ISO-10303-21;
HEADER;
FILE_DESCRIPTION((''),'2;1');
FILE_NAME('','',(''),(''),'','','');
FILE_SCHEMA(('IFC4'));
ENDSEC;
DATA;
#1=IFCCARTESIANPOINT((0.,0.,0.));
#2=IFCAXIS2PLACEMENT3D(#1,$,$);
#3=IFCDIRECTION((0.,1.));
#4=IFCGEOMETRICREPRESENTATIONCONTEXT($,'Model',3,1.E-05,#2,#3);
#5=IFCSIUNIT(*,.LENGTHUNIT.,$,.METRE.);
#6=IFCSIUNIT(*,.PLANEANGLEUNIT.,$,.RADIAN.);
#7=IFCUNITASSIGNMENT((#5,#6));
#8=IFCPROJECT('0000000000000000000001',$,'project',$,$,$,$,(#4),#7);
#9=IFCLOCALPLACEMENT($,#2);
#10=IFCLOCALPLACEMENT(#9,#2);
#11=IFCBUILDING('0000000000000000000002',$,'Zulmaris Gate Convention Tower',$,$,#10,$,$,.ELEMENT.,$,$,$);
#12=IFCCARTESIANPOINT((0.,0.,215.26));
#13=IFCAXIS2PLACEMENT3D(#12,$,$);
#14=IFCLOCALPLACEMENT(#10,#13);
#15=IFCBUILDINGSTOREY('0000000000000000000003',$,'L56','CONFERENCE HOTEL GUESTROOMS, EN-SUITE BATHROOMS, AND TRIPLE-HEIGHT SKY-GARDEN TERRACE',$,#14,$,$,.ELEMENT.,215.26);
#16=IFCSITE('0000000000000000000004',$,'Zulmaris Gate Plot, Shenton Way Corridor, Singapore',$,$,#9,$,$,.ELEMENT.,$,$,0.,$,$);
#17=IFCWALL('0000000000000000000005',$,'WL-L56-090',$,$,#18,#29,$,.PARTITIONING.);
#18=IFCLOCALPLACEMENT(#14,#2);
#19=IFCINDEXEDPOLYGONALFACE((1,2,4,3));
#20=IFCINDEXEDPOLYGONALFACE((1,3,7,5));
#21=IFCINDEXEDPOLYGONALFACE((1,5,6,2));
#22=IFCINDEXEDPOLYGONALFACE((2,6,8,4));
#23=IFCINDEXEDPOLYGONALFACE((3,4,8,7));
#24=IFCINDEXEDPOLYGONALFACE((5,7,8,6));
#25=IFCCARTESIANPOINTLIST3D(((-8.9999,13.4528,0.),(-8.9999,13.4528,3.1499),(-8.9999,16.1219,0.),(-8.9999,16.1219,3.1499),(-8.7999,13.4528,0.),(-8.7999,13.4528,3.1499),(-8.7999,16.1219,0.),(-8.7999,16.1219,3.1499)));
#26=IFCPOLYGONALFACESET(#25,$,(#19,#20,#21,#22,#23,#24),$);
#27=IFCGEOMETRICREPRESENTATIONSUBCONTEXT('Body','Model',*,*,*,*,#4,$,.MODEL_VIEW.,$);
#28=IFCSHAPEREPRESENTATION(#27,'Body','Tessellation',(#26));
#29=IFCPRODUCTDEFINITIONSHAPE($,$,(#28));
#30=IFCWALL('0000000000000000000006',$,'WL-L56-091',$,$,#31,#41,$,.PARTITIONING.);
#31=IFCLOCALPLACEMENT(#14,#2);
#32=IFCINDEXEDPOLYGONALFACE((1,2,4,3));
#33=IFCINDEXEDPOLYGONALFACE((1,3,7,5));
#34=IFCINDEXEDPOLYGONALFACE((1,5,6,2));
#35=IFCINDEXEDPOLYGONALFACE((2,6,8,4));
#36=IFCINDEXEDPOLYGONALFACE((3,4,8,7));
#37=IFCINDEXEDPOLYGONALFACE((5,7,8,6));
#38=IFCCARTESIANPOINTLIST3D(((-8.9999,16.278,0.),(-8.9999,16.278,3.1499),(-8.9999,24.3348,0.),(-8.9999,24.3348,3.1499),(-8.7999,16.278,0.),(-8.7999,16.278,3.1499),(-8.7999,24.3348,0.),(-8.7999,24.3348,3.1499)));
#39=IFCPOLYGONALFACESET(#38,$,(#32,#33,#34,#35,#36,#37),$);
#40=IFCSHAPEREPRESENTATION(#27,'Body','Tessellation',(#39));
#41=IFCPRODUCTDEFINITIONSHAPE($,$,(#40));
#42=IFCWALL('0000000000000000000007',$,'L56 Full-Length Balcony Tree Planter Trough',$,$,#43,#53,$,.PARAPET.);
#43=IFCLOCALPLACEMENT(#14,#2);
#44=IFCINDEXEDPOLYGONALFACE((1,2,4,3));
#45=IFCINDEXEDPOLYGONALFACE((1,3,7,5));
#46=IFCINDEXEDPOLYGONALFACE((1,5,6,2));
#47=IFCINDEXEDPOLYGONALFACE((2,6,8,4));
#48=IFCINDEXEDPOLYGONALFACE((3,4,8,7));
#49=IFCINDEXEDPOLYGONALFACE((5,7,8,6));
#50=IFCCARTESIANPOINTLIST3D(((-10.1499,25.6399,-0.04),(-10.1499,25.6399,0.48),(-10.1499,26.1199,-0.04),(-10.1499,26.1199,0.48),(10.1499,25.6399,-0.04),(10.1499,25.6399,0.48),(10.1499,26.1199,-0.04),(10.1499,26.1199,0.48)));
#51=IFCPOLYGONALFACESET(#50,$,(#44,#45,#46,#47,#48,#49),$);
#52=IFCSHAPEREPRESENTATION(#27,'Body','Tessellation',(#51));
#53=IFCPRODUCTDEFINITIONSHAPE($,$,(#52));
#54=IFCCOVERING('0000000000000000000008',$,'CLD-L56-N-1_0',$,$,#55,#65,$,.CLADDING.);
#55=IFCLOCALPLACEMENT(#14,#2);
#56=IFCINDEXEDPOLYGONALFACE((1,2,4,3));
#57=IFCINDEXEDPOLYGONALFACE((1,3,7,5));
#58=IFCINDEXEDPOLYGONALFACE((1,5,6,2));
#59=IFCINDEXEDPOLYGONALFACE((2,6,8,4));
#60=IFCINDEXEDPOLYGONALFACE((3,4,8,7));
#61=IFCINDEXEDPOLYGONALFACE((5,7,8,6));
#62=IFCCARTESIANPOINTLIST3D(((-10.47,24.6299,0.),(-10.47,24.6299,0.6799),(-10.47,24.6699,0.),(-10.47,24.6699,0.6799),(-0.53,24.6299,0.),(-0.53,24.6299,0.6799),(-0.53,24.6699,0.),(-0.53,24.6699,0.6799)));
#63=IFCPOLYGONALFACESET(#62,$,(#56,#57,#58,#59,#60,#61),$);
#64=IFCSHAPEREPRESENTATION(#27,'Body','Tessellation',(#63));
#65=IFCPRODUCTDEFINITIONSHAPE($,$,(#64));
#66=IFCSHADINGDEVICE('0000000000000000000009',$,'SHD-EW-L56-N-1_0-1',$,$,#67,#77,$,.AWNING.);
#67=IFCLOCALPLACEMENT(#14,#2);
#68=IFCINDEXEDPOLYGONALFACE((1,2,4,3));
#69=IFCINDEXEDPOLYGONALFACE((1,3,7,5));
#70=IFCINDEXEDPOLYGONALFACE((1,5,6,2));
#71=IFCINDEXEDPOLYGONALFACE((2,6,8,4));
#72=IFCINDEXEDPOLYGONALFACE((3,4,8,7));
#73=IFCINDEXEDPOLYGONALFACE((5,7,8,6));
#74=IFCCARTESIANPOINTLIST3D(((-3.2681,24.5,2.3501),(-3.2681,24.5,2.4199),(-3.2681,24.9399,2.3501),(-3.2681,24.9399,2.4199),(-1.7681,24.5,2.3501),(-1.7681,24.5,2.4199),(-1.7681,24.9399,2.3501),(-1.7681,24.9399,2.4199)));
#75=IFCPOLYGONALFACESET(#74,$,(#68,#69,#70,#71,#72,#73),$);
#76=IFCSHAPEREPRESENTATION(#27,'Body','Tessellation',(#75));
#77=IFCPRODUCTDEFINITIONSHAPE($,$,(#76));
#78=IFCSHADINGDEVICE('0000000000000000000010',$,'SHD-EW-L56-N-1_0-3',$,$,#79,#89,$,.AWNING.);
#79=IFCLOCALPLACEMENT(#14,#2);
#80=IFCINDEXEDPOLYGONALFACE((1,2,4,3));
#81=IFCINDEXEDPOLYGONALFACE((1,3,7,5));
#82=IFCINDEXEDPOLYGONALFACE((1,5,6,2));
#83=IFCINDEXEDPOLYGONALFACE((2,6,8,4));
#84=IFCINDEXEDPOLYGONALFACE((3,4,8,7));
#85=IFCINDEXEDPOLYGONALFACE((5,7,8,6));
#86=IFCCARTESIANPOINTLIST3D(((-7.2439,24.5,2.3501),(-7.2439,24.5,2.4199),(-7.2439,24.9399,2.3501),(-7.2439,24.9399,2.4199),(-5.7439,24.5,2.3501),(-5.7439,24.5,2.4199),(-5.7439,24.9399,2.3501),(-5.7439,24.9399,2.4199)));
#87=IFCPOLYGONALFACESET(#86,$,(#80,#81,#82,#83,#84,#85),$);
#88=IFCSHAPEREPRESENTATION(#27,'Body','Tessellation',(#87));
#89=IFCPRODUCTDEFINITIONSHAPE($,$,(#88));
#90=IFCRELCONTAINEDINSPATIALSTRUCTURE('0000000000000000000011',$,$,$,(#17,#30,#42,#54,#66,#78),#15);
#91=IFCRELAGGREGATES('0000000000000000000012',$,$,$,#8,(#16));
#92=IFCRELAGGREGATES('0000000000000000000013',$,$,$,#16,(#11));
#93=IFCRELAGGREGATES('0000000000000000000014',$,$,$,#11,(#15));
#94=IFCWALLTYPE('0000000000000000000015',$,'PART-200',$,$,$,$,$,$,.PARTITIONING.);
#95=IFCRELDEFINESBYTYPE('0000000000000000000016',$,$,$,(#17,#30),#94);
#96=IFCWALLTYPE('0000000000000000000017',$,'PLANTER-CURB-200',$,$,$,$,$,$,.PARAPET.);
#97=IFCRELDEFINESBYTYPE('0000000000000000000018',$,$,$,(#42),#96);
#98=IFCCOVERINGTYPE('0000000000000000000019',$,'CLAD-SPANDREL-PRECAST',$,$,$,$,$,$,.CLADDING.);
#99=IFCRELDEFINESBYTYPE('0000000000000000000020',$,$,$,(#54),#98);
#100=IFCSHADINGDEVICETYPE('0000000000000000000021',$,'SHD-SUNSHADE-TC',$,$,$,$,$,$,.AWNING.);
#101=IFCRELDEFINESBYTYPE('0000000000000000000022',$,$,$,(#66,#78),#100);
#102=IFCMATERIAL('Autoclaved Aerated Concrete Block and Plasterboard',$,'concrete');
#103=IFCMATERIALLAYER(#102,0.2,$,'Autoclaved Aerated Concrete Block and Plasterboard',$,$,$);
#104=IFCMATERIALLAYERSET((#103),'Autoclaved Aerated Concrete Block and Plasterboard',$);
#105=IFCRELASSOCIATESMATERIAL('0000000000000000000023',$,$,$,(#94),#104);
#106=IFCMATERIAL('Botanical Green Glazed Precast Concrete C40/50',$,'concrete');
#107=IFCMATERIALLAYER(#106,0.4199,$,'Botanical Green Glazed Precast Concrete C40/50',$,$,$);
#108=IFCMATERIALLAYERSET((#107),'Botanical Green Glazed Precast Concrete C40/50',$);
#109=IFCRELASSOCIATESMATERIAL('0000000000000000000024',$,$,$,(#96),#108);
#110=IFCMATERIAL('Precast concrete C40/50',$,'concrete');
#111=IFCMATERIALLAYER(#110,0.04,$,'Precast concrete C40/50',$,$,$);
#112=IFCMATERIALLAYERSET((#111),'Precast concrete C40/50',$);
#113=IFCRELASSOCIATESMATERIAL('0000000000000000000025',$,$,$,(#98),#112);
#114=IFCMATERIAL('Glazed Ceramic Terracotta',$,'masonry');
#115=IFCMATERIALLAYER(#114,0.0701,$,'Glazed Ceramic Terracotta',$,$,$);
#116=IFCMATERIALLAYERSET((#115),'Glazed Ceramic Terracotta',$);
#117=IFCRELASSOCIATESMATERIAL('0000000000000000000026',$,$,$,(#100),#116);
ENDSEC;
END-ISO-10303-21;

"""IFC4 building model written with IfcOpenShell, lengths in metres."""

from ifc_helpers import new_model, si_unit, direction, frame, frame_2d, origin, place, context, subcontext, project, spatial, rectangle, extrude, material, layer, layer_set, type_object, element, save


model = new_model("IFC4")

# Units and contexts
model_context = context("Model", 3, precision=1e-05, world=origin(), true_north=direction((0.0, 1.0)))
body_context = subcontext(model_context, "Body", "Model", "MODEL_VIEW")
ifc_project = project(units=[si_unit("LENGTHUNIT", "METRE"), si_unit("PLANEANGLEUNIT", "RADIAN")], contexts=[model_context])

# Site, building, storey
site_placement = place(None, origin())
site = spatial("IfcSite", under=ifc_project, at=site_placement, Name="Zulmaris Gate Plot, Shenton Way Corridor, Singapore", CompositionType="ELEMENT", RefElevation=0.0)
building_placement = place(site_placement, origin())
building = spatial("IfcBuilding", under=site, at=building_placement, Name="Zulmaris Gate Convention Tower", CompositionType="ELEMENT")
storey_placement = place(building_placement, frame((0.0, 0.0, 215.26)))
storey = spatial("IfcBuildingStorey", under=building, at=storey_placement, Name="L56", Description="CONFERENCE HOTEL GUESTROOMS, EN-SUITE BATHROOMS, AND TRIPLE-HEIGHT SKY-GARDEN TERRACE", CompositionType="ELEMENT", Elevation=215.26)

# Walls
ifc_material_1 = material(Name="Autoclaved Aerated Concrete Block and Plasterboard", Category="concrete")
ifc_layer_1 = layer(ifc_material_1, 0.2, Name="Autoclaved Aerated Concrete Block and Plasterboard")
ifc_layer_set_1 = layer_set([ifc_layer_1], Name="Autoclaved Aerated Concrete Block and Plasterboard")
wall_type_1 = type_object("IfcWallType", Name="PART-200", PredefinedType="PARTITIONING", material=ifc_layer_set_1)
wall_1_placement = place(storey_placement, frame((-8.8999, 13.4529, 0.0), z_axis=(0.0, 0.0, 1.0), x_axis=(0.0, 1.0, 0.0)))
element("IfcWall", 1, at=wall_1_placement, inside=storey, type_object=wall_type_1, Name="WL-L56-090", PredefinedType="PARTITIONING", context=body_context, shape_type="SweptSolid", body=[
    extrude(rectangle(XDim=2.6692, YDim=0.2, at=frame_2d((1.3345, 0.0))), origin(), (0.0, 0.0, 1.0), 3.1499),
])
wall_2_placement = place(storey_placement, frame((-8.8999, 16.2781, 0.0), z_axis=(0.0, 0.0, 1.0), x_axis=(0.0, 1.0, 0.0)))
element("IfcWall", 2, at=wall_2_placement, inside=storey, type_object=wall_type_1, Name="WL-L56-091", PredefinedType="PARTITIONING", context=body_context, shape_type="SweptSolid", body=[
    extrude(rectangle(XDim=8.0569, YDim=0.2, at=frame_2d((4.0283, 0.0))), origin(), (0.0, 0.0, 1.0), 3.1499),
])
ifc_material_2 = material(Name="Botanical Green Glazed Precast Concrete C40/50", Category="concrete")
ifc_layer_2 = layer(ifc_material_2, 0.4199, Name="Botanical Green Glazed Precast Concrete C40/50")
ifc_layer_set_2 = layer_set([ifc_layer_2], Name="Botanical Green Glazed Precast Concrete C40/50")
wall_type_2 = type_object("IfcWallType", Name="PLANTER-CURB-200", PredefinedType="PARAPET", material=ifc_layer_set_2)
wall_3_placement = place(storey_placement, frame((-10.1499, 25.8799, -0.04), z_axis=(0.0, 0.0, 1.0), x_axis=(1.0, 0.0, 0.0)))
element("IfcWall", 3, at=wall_3_placement, inside=storey, type_object=wall_type_2, Name="L56 Full-Length Balcony Tree Planter Trough", PredefinedType="PARAPET", context=body_context, shape_type="SweptSolid", body=[
    extrude(rectangle(XDim=20.2998, YDim=0.48, at=frame_2d((10.1499, 0.0))), origin(), (0.0, 0.0, 1.0), 0.52),
])

# Shared definitions
ifc_material_3 = material(Name="Precast concrete C40/50", Category="concrete")

# Covering
ifc_layer_3 = layer(ifc_material_3, 0.04, Name="Precast concrete C40/50")
ifc_layer_set_3 = layer_set([ifc_layer_3], Name="Precast concrete C40/50")
covering_type = type_object("IfcCoveringType", Name="CLAD-SPANDREL-PRECAST", PredefinedType="CLADDING", material=ifc_layer_set_3)
covering_placement = place(storey_placement, frame((-0.53, 24.6499, 0.0), z_axis=(0.0, 0.0, 1.0), x_axis=(-1.0, 0.0, 0.0)))
element("IfcCovering", 4, at=covering_placement, inside=storey, type_object=covering_type, Name="CLD-L56-N-1_0", PredefinedType="CLADDING", context=body_context, shape_type="SweptSolid", body=[
    extrude(rectangle(XDim=9.9399, YDim=0.04, at=frame_2d((4.97, 0.0))), origin(), (0.0, 0.0, 1.0), 0.6799),
])

# Shading devices
ifc_material_4 = material(Name="Glazed Ceramic Terracotta", Category="masonry")
ifc_layer_4 = layer(ifc_material_4, 0.0701, Name="Glazed Ceramic Terracotta")
ifc_layer_set_4 = layer_set([ifc_layer_4], Name="Glazed Ceramic Terracotta")
shading_device_type = type_object("IfcShadingDeviceType", Name="SHD-SUNSHADE-TC", PredefinedType="AWNING", material=ifc_layer_set_4)
for number, where, z_axis, x_axis, name in (
    (5, (-1.7681, 24.72, 2.3501), (0.0, 0.0, 1.0), (-1.0, 0.0, 0.0), "SHD-EW-L56-N-1_0-1"),
    (6, (-5.7439, 24.72, 2.3501), (0.0, 0.0, 1.0), (-1.0, 0.0, 0.0), "SHD-EW-L56-N-1_0-3"),
):
    element("IfcShadingDevice", number, at=place(storey_placement, frame(where, z_axis=z_axis, x_axis=x_axis)), inside=storey, type_object=shading_device_type, Name=name, PredefinedType="AWNING", context=body_context, shape_type="SweptSolid", body=[
        extrude(rectangle(XDim=1.5, YDim=0.4399, at=frame_2d((0.75, 0.0))), origin(), (0.0, 0.0, 1.0), 0.0698),
    ])

save(model, "model.ifc")
